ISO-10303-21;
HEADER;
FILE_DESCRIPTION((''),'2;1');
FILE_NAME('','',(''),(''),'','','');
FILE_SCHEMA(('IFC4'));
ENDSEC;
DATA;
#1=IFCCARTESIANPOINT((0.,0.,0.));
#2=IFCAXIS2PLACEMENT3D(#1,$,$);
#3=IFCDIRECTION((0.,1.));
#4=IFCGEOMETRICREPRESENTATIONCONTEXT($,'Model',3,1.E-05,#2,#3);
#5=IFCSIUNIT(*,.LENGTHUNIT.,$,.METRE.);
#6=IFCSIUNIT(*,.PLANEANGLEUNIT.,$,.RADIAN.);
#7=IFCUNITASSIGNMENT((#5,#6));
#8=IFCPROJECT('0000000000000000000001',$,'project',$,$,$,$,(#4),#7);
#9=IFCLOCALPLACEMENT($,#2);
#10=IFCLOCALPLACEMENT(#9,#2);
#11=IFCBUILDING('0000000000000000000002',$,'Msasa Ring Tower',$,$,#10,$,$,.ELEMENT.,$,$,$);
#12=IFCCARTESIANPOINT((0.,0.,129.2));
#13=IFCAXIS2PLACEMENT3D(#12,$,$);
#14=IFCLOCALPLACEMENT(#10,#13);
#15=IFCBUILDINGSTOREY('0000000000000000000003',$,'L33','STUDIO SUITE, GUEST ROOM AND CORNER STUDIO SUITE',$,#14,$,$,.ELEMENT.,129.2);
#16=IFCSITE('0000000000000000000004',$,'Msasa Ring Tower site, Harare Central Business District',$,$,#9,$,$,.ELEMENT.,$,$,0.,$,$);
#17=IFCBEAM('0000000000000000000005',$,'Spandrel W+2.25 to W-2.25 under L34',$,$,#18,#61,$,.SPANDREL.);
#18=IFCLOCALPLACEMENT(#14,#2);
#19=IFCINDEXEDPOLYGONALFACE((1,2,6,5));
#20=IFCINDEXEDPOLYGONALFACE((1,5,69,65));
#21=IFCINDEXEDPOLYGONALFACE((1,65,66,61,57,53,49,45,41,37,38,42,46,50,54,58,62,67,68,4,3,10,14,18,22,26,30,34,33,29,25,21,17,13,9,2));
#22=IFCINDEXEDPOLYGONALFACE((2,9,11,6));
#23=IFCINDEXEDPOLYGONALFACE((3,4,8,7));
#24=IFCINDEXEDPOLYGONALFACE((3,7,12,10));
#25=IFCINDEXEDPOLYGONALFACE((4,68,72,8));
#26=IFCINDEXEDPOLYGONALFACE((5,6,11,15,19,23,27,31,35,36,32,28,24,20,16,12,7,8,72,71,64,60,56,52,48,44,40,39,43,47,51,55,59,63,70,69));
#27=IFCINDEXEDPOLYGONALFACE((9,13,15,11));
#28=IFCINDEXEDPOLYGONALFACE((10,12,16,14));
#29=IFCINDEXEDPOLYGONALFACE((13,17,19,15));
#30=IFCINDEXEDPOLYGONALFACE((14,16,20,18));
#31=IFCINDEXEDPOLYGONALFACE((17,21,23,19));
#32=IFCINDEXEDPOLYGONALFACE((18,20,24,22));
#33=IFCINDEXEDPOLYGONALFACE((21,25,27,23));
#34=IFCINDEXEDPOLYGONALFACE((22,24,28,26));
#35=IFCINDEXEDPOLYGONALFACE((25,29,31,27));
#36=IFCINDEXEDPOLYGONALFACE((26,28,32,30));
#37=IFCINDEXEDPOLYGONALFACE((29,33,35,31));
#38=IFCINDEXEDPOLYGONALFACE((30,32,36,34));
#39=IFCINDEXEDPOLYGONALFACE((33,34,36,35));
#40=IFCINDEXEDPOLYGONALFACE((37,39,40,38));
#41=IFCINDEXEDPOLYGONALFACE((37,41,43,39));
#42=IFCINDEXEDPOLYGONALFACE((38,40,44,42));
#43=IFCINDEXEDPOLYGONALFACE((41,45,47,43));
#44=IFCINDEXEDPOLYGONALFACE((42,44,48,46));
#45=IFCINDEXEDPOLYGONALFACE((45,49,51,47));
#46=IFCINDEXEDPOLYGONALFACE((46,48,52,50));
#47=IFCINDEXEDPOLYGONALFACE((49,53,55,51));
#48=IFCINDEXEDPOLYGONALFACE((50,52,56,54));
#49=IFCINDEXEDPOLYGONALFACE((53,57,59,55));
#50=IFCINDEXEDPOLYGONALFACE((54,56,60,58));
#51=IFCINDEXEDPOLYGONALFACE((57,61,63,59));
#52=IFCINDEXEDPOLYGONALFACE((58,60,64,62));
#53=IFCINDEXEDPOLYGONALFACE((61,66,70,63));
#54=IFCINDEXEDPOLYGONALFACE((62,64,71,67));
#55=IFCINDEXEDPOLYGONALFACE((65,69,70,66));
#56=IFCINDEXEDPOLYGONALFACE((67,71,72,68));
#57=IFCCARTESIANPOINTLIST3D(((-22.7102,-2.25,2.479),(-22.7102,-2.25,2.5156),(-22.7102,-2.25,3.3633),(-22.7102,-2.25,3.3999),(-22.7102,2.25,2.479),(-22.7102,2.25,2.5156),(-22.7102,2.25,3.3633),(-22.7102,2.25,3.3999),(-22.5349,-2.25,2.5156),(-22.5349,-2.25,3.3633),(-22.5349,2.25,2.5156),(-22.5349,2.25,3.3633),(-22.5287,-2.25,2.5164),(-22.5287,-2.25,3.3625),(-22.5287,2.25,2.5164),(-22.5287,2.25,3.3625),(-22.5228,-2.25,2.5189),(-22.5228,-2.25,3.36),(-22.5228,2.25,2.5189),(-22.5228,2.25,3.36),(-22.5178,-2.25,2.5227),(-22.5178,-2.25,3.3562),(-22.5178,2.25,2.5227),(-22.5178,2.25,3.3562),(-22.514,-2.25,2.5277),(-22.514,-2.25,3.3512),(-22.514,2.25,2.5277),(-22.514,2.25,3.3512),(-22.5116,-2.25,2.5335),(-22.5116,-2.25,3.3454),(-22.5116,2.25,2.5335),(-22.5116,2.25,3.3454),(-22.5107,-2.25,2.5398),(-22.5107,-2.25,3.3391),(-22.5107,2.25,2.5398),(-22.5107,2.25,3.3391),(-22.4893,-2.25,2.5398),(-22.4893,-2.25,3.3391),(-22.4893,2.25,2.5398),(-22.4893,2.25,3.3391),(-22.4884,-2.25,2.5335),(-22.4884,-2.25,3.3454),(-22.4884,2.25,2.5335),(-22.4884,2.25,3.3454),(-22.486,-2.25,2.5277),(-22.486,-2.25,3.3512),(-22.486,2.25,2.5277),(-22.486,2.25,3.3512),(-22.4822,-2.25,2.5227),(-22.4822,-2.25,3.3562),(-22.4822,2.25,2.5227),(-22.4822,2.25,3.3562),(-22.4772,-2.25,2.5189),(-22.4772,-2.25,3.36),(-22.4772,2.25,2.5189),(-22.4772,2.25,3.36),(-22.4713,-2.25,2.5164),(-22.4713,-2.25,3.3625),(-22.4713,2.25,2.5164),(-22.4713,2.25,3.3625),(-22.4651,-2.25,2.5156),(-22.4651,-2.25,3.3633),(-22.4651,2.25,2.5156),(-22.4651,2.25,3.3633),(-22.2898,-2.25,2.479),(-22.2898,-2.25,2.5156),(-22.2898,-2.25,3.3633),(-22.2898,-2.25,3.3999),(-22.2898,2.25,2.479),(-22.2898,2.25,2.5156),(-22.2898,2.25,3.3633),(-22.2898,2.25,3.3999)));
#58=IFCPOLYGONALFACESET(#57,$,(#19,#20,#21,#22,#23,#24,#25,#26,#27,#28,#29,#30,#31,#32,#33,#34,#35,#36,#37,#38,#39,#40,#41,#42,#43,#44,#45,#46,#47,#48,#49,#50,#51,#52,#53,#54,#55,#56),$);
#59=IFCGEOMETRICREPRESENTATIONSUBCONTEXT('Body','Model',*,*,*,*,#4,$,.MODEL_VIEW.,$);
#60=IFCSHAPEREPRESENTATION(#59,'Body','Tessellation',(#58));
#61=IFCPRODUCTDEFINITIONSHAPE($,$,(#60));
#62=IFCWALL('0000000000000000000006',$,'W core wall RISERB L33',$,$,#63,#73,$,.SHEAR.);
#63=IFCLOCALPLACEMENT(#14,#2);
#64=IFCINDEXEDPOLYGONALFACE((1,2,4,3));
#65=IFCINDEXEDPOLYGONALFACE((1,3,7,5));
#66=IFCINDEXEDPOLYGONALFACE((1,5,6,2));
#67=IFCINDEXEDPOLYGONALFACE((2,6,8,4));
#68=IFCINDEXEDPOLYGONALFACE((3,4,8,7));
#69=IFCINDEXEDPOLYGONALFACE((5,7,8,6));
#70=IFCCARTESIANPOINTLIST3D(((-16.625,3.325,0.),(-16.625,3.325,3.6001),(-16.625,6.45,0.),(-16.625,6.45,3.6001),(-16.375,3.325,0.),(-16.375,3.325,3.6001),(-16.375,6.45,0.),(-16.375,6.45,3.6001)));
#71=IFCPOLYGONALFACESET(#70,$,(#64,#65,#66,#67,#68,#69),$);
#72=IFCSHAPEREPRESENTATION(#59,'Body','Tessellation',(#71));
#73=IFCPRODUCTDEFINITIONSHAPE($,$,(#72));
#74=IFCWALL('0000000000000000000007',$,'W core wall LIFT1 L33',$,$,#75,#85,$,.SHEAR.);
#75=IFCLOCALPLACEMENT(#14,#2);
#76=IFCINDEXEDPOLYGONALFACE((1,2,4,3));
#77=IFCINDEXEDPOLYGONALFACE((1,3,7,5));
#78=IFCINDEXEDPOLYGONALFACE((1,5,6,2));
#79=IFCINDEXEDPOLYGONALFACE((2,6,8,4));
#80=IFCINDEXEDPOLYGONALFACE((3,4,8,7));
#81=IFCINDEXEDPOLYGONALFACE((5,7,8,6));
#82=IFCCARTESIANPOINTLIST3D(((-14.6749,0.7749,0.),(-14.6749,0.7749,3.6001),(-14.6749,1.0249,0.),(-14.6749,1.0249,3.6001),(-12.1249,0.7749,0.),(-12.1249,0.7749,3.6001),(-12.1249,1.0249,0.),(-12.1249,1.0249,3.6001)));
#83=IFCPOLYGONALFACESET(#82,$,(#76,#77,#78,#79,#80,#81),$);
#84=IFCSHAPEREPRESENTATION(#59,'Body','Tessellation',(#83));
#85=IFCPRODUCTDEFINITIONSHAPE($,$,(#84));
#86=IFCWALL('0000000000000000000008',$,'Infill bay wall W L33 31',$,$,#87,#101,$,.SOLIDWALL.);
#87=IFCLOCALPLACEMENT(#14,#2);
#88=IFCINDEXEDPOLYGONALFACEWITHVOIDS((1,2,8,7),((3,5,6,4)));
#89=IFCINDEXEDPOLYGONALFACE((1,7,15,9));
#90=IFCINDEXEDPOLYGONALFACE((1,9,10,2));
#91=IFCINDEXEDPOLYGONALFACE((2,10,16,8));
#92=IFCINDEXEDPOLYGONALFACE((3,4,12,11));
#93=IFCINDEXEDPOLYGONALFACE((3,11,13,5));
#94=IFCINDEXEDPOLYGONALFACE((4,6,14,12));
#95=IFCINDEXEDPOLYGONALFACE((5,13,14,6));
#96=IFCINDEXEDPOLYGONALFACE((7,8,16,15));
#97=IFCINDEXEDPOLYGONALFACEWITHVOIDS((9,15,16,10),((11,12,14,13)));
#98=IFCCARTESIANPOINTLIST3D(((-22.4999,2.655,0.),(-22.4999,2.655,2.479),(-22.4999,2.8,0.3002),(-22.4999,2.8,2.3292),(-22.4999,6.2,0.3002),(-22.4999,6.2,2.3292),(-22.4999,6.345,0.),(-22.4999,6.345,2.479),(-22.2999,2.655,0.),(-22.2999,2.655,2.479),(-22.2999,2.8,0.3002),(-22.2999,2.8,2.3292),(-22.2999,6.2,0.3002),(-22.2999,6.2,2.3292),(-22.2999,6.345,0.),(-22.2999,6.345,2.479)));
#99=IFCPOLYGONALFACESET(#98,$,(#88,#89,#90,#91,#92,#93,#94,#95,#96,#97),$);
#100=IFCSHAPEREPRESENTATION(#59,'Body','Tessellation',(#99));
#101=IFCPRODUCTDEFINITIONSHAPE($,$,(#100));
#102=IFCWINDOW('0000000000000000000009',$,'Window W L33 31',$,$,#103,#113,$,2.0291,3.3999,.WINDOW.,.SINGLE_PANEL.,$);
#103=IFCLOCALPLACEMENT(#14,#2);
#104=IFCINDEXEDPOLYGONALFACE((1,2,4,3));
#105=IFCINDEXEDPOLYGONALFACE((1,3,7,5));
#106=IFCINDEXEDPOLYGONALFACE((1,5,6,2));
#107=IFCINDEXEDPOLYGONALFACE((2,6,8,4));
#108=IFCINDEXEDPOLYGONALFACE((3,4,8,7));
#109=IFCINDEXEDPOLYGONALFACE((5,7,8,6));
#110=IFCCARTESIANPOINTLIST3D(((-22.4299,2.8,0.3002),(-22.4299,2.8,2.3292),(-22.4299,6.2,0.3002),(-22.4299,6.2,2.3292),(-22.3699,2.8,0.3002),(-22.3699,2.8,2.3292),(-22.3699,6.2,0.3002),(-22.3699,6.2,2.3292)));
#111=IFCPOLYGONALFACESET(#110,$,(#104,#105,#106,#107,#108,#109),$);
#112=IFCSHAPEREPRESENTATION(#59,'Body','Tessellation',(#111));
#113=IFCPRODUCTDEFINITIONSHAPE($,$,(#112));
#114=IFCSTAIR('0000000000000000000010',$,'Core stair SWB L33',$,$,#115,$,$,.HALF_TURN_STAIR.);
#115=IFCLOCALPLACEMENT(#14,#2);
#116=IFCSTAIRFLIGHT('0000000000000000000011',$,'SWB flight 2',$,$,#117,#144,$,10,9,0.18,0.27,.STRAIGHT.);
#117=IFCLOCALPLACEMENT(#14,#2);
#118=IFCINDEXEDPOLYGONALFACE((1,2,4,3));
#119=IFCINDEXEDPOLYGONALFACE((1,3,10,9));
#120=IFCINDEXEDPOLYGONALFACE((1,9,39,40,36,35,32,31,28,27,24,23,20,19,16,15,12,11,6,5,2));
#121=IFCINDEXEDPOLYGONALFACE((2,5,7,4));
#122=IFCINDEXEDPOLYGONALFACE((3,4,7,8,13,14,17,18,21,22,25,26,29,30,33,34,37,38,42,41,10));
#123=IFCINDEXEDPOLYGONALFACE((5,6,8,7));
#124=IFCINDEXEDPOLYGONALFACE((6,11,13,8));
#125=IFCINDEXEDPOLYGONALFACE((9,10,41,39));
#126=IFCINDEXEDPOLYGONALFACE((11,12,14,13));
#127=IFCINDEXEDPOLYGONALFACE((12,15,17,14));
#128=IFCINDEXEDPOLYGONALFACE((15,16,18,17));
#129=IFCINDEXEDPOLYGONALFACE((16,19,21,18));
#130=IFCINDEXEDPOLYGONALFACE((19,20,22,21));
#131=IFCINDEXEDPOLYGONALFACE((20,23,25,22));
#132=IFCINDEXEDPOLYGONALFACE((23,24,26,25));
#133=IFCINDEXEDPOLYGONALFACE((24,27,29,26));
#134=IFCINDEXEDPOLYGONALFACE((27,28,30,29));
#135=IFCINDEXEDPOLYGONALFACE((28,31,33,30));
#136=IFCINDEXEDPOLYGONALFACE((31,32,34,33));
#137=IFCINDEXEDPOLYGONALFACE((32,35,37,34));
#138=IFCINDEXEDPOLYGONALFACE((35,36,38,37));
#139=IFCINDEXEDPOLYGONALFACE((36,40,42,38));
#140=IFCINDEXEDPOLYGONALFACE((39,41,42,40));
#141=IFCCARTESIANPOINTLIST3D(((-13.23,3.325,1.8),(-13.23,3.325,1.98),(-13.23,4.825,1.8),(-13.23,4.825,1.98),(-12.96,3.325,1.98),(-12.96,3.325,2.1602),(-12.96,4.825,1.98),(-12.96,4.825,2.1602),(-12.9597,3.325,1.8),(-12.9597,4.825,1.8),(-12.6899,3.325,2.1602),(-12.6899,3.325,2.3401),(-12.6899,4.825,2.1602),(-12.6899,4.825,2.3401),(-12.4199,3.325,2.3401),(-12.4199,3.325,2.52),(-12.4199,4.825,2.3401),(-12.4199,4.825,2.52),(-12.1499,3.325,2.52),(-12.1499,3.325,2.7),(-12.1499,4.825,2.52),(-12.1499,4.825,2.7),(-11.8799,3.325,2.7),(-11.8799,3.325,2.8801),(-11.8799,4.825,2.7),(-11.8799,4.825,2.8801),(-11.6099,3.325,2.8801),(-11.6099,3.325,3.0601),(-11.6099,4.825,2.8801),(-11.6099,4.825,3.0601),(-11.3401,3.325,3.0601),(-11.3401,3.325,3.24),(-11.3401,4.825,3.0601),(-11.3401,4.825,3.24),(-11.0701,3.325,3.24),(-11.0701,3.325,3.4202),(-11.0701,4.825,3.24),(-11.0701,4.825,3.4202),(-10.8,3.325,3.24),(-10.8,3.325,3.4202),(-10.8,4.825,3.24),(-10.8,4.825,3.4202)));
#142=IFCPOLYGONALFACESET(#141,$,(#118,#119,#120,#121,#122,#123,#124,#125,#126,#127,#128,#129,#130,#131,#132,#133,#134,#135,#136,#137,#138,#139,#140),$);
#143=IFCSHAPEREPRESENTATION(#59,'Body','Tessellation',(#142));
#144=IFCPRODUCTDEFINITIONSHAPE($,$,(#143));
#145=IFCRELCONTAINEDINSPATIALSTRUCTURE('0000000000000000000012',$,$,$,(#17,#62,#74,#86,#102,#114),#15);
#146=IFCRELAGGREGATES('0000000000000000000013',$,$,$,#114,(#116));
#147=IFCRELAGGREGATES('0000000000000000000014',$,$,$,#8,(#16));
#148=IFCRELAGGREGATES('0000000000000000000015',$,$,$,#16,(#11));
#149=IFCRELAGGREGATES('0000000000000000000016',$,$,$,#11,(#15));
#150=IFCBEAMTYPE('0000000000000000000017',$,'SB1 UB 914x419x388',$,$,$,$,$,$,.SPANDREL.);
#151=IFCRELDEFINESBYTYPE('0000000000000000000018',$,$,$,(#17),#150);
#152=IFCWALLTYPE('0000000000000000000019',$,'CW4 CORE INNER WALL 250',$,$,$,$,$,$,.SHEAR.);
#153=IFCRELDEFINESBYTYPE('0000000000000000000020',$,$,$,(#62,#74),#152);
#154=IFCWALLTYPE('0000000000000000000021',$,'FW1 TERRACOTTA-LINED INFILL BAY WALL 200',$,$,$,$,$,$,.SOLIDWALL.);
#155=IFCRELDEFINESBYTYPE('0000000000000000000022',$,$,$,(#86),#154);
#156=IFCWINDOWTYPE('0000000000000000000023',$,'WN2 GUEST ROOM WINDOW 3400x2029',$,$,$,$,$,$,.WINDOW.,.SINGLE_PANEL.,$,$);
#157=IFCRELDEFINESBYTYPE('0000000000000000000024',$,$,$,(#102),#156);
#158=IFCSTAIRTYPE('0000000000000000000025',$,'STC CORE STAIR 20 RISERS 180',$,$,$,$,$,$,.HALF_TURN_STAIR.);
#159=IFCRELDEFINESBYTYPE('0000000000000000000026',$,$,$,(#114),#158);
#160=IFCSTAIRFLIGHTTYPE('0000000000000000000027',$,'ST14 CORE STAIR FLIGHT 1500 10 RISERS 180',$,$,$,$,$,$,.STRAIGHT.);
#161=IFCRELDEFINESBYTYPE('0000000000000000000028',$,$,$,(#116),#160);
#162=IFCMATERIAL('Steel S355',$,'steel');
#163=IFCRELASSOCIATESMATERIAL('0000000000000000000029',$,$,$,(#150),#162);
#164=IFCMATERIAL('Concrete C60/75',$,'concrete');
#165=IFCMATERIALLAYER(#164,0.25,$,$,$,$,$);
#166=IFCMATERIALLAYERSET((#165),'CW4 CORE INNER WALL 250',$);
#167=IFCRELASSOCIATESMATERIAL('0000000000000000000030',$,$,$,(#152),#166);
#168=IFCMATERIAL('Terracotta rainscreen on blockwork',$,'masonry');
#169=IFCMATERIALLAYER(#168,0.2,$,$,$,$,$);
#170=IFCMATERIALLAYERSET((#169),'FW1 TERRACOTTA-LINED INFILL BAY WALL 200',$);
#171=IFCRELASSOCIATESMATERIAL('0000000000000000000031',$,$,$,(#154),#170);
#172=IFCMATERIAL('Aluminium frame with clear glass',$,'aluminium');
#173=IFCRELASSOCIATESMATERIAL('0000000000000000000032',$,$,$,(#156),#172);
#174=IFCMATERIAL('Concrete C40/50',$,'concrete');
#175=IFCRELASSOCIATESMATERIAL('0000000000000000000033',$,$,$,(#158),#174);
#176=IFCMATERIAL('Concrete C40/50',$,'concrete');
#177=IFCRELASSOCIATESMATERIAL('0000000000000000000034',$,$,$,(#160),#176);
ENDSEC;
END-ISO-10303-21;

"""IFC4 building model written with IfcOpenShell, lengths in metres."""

from ifc_helpers import new_model, si_unit, direction, frame, frame_2d, origin, origin_2d, place, context, subcontext, project, spatial, polyline, rectangle, i_section, outline, extrude, material, layer, layer_set, material_profile, profile_set, type_object, element, fill, aggregate, save


model = new_model("IFC4")

# Units and contexts
model_context = context("Model", 3, precision=1e-05, world=origin(), true_north=direction((0.0, 1.0)))
body_context = subcontext(model_context, "Body", "Model", "MODEL_VIEW")
ifc_project = project(units=[si_unit("LENGTHUNIT", "METRE"), si_unit("PLANEANGLEUNIT", "RADIAN")], contexts=[model_context])

# Site, building, storey
site_placement = place(None, origin())
site = spatial("IfcSite", under=ifc_project, at=site_placement, Name="Msasa Ring Tower site, Harare Central Business District", CompositionType="ELEMENT", RefElevation=0.0)
building_placement = place(site_placement, origin())
building = spatial("IfcBuilding", under=site, at=building_placement, Name="Msasa Ring Tower", CompositionType="ELEMENT")
storey_placement = place(building_placement, frame((0.0, 0.0, 129.2)))
storey = spatial("IfcBuildingStorey", under=building, at=storey_placement, Name="L33", Description="STUDIO SUITE, GUEST ROOM AND CORNER STUDIO SUITE", CompositionType="ELEMENT", Elevation=129.2)

# Beam
ifc_material_1 = material(Name="Steel S355", Category="steel")
ifc_material_profile_1 = material_profile(ifc_material_1, i_section(OverallWidth=0.4204, OverallDepth=0.9209, WebThickness=0.0215, FlangeThickness=0.0366, FilletRadius=0.0242, at=origin_2d()), Name="UB 914x419x388")
ifc_profile_set_1 = profile_set([ifc_material_profile_1], Name="Steel S355")
beam_type_1 = type_object("IfcBeamType", Name="SB1 UB 914x419x388", PredefinedType="SPANDREL", material=ifc_profile_set_1)
for number, where, z_axis, x_axis, name in (
    (1, (-22.5, 2.25, 2.9395), (0.0, -1.0, 0.0), (1.0, 0.0, 0.0), "Spandrel W+2.25 to W-2.25 under L34"),
):
    element("IfcBeam", number, at=place(storey_placement, frame(where, z_axis=z_axis, x_axis=x_axis)), inside=storey, type_object=beam_type_1, Name=name, PredefinedType="SPANDREL", context=body_context, shape_type="SweptSolid", body=[
        extrude(i_section(OverallWidth=0.4204, OverallDepth=0.9209, WebThickness=0.0215, FlangeThickness=0.0366, FilletRadius=0.0242, at=origin_2d()), origin(), (0.0, 0.0, 1.0), 4.5),
    ])

# Walls
ifc_material_2 = material(Name="Concrete C60/75", Category="concrete")
ifc_layer_1 = layer(ifc_material_2, 0.25)
ifc_layer_set_1 = layer_set([ifc_layer_1], Name="CW4 CORE INNER WALL 250")
wall_type_1 = type_object("IfcWallType", Name="CW4 CORE INNER WALL 250", PredefinedType="SHEAR", material=ifc_layer_set_1)
wall_1_placement = place(storey_placement, frame((-16.5, 3.325, 0.0), z_axis=(0.0, 0.0, 1.0), x_axis=(0.0, 1.0, 0.0)))
element("IfcWall", 2, at=wall_1_placement, inside=storey, type_object=wall_type_1, Name="W core wall RISERB L33", PredefinedType="SHEAR", context=body_context, shape_type="SweptSolid", body=[
    extrude(rectangle(XDim=3.125, YDim=0.25, at=frame_2d((1.5625, 0.0))), origin(), (0.0, 0.0, 1.0), 3.6001),
])
wall_2_placement = place(storey_placement, frame((-12.125, 0.8999, 0.0), z_axis=(0.0, 0.0, 1.0), x_axis=(-1.0, 0.0, 0.0)))
element("IfcWall", 3, at=wall_2_placement, inside=storey, type_object=wall_type_1, Name="W core wall LIFT1 L33", PredefinedType="SHEAR", context=body_context, shape_type="SweptSolid", body=[
    extrude(rectangle(XDim=2.55, YDim=0.25, at=frame_2d((1.2749, 0.0))), origin(), (0.0, 0.0, 1.0), 3.6001),
])

# Wall, opening, window
ifc_material_3 = material(Name="Terracotta rainscreen on blockwork", Category="masonry")
ifc_layer_2 = layer(ifc_material_3, 0.2)
ifc_layer_set_2 = layer_set([ifc_layer_2], Name="FW1 TERRACOTTA-LINED INFILL BAY WALL 200")
wall_type_2 = type_object("IfcWallType", Name="FW1 TERRACOTTA-LINED INFILL BAY WALL 200", PredefinedType="SOLIDWALL", material=ifc_layer_set_2)
wall_3_placement = place(storey_placement, frame((-22.3999, 2.655, 0.0), z_axis=(0.0, 0.0, 1.0), x_axis=(0.0, 1.0, 0.0)))
wall_3 = element("IfcWall", 4, at=wall_3_placement, inside=storey, type_object=wall_type_2, Name="Infill bay wall W L33 31", PredefinedType="SOLIDWALL", context=body_context, shape_type="SweptSolid", body=[
    extrude(rectangle(XDim=3.6899, YDim=0.2, at=frame_2d((1.845, 0.0))), origin(), (0.0, 0.0, 1.0), 2.479),
])
opening_placement = place(wall_3_placement, frame((0.145, 0.0, 0.3)))
opening = element("IfcOpeningElement", 5, at=opening_placement, cuts=wall_3, PredefinedType="OPENING", context=body_context, shape_type="SweptSolid", body=[
    extrude(rectangle(XDim=3.3999, YDim=2.0291, at=frame_2d((1.7, 1.0146))), frame((0.0, 0.1099, 0.0), z_axis=(0.0, -1.0, 0.0), x_axis=(1.0, 0.0, 0.0)), (0.0, 0.0, 1.0), 0.22),
])
ifc_material_4 = material(Name="Aluminium frame with clear glass", Category="aluminium")
window_type = type_object("IfcWindowType", Name="WN2 GUEST ROOM WINDOW 3400x2029", PartitioningType="SINGLE_PANEL", PredefinedType="WINDOW", material=ifc_material_4)
window_placement = place(opening_placement, origin())
window = element("IfcWindow", 6, at=window_placement, inside=storey, type_object=window_type, Name="Window W L33 31", OverallHeight=2.0291, OverallWidth=3.3999, PartitioningType="SINGLE_PANEL", PredefinedType="WINDOW", context=body_context, shape_type="SweptSolid", body=[
    extrude(rectangle(XDim=3.3999, YDim=2.0291, at=frame_2d((1.7, 1.0146))), frame((0.0, 0.03, 0.0), z_axis=(0.0, -1.0, 0.0), x_axis=(1.0, 0.0, 0.0)), (0.0, 0.0, 1.0), 0.0601),
])
fill(opening, window)

# Stair, stair flight
ifc_material_5 = material(Name="Concrete C40/50", Category="concrete")
stair_type = type_object("IfcStairType", Name="STC CORE STAIR 20 RISERS 180", PredefinedType="HALF_TURN_STAIR", material=ifc_material_5)
stair_placement = place(storey_placement, origin())
stair = element("IfcStair", 7, at=stair_placement, inside=storey, type_object=stair_type, Name="Core stair SWB L33", PredefinedType="HALF_TURN_STAIR")
ifc_material_6 = material(Name="Concrete C40/50", Category="concrete")
stair_flight_type = type_object("IfcStairFlightType", Name="ST14 CORE STAIR FLIGHT 1500 10 RISERS 180", PredefinedType="STRAIGHT", material=ifc_material_6)
stair_flight_placement = place(storey_placement, frame((-13.23, 4.075, 1.8), z_axis=(0.0, 0.0, 1.0), x_axis=(1.0, 0.0, 0.0)))
stair_flight = element("IfcStairFlight", 8, at=stair_flight_placement, type_object=stair_flight_type, Name="SWB flight 2", NumberOfRisers=10, NumberOfTreads=9, PredefinedType="STRAIGHT", RiserHeight=0.18, TreadLength=0.27, context=body_context, shape_type="SweptSolid", body=[
    extrude(outline(polyline([(0.0, 0.0), (0.0, 0.1799), (0.27, 0.1799), (0.27, 0.3601), (0.54, 0.3601), (0.54, 0.54), (0.8101, 0.54), (0.8101, 0.72), (1.0801, 0.72), (1.0801, 0.8999), (1.3501, 0.8999), (1.3501, 1.0801), (1.6201, 1.0801), (1.6201, 1.26), (1.8899, 1.26), (1.8899, 1.4399), (2.1599, 1.4399), (2.1599, 1.6201), (2.4299, 1.6201), (2.4299, 1.8), (2.4299, 1.4399), (0.2703, 0.0), (0.0, 0.0)])), frame((0.0, 0.75, 0.0), z_axis=(0.0, -1.0, 0.0), x_axis=(1.0, 0.0, 0.0)), (0.0, 0.0, 1.0), 1.5),
])
aggregate(stair, [stair_flight])

save(model, "model.ifc")
